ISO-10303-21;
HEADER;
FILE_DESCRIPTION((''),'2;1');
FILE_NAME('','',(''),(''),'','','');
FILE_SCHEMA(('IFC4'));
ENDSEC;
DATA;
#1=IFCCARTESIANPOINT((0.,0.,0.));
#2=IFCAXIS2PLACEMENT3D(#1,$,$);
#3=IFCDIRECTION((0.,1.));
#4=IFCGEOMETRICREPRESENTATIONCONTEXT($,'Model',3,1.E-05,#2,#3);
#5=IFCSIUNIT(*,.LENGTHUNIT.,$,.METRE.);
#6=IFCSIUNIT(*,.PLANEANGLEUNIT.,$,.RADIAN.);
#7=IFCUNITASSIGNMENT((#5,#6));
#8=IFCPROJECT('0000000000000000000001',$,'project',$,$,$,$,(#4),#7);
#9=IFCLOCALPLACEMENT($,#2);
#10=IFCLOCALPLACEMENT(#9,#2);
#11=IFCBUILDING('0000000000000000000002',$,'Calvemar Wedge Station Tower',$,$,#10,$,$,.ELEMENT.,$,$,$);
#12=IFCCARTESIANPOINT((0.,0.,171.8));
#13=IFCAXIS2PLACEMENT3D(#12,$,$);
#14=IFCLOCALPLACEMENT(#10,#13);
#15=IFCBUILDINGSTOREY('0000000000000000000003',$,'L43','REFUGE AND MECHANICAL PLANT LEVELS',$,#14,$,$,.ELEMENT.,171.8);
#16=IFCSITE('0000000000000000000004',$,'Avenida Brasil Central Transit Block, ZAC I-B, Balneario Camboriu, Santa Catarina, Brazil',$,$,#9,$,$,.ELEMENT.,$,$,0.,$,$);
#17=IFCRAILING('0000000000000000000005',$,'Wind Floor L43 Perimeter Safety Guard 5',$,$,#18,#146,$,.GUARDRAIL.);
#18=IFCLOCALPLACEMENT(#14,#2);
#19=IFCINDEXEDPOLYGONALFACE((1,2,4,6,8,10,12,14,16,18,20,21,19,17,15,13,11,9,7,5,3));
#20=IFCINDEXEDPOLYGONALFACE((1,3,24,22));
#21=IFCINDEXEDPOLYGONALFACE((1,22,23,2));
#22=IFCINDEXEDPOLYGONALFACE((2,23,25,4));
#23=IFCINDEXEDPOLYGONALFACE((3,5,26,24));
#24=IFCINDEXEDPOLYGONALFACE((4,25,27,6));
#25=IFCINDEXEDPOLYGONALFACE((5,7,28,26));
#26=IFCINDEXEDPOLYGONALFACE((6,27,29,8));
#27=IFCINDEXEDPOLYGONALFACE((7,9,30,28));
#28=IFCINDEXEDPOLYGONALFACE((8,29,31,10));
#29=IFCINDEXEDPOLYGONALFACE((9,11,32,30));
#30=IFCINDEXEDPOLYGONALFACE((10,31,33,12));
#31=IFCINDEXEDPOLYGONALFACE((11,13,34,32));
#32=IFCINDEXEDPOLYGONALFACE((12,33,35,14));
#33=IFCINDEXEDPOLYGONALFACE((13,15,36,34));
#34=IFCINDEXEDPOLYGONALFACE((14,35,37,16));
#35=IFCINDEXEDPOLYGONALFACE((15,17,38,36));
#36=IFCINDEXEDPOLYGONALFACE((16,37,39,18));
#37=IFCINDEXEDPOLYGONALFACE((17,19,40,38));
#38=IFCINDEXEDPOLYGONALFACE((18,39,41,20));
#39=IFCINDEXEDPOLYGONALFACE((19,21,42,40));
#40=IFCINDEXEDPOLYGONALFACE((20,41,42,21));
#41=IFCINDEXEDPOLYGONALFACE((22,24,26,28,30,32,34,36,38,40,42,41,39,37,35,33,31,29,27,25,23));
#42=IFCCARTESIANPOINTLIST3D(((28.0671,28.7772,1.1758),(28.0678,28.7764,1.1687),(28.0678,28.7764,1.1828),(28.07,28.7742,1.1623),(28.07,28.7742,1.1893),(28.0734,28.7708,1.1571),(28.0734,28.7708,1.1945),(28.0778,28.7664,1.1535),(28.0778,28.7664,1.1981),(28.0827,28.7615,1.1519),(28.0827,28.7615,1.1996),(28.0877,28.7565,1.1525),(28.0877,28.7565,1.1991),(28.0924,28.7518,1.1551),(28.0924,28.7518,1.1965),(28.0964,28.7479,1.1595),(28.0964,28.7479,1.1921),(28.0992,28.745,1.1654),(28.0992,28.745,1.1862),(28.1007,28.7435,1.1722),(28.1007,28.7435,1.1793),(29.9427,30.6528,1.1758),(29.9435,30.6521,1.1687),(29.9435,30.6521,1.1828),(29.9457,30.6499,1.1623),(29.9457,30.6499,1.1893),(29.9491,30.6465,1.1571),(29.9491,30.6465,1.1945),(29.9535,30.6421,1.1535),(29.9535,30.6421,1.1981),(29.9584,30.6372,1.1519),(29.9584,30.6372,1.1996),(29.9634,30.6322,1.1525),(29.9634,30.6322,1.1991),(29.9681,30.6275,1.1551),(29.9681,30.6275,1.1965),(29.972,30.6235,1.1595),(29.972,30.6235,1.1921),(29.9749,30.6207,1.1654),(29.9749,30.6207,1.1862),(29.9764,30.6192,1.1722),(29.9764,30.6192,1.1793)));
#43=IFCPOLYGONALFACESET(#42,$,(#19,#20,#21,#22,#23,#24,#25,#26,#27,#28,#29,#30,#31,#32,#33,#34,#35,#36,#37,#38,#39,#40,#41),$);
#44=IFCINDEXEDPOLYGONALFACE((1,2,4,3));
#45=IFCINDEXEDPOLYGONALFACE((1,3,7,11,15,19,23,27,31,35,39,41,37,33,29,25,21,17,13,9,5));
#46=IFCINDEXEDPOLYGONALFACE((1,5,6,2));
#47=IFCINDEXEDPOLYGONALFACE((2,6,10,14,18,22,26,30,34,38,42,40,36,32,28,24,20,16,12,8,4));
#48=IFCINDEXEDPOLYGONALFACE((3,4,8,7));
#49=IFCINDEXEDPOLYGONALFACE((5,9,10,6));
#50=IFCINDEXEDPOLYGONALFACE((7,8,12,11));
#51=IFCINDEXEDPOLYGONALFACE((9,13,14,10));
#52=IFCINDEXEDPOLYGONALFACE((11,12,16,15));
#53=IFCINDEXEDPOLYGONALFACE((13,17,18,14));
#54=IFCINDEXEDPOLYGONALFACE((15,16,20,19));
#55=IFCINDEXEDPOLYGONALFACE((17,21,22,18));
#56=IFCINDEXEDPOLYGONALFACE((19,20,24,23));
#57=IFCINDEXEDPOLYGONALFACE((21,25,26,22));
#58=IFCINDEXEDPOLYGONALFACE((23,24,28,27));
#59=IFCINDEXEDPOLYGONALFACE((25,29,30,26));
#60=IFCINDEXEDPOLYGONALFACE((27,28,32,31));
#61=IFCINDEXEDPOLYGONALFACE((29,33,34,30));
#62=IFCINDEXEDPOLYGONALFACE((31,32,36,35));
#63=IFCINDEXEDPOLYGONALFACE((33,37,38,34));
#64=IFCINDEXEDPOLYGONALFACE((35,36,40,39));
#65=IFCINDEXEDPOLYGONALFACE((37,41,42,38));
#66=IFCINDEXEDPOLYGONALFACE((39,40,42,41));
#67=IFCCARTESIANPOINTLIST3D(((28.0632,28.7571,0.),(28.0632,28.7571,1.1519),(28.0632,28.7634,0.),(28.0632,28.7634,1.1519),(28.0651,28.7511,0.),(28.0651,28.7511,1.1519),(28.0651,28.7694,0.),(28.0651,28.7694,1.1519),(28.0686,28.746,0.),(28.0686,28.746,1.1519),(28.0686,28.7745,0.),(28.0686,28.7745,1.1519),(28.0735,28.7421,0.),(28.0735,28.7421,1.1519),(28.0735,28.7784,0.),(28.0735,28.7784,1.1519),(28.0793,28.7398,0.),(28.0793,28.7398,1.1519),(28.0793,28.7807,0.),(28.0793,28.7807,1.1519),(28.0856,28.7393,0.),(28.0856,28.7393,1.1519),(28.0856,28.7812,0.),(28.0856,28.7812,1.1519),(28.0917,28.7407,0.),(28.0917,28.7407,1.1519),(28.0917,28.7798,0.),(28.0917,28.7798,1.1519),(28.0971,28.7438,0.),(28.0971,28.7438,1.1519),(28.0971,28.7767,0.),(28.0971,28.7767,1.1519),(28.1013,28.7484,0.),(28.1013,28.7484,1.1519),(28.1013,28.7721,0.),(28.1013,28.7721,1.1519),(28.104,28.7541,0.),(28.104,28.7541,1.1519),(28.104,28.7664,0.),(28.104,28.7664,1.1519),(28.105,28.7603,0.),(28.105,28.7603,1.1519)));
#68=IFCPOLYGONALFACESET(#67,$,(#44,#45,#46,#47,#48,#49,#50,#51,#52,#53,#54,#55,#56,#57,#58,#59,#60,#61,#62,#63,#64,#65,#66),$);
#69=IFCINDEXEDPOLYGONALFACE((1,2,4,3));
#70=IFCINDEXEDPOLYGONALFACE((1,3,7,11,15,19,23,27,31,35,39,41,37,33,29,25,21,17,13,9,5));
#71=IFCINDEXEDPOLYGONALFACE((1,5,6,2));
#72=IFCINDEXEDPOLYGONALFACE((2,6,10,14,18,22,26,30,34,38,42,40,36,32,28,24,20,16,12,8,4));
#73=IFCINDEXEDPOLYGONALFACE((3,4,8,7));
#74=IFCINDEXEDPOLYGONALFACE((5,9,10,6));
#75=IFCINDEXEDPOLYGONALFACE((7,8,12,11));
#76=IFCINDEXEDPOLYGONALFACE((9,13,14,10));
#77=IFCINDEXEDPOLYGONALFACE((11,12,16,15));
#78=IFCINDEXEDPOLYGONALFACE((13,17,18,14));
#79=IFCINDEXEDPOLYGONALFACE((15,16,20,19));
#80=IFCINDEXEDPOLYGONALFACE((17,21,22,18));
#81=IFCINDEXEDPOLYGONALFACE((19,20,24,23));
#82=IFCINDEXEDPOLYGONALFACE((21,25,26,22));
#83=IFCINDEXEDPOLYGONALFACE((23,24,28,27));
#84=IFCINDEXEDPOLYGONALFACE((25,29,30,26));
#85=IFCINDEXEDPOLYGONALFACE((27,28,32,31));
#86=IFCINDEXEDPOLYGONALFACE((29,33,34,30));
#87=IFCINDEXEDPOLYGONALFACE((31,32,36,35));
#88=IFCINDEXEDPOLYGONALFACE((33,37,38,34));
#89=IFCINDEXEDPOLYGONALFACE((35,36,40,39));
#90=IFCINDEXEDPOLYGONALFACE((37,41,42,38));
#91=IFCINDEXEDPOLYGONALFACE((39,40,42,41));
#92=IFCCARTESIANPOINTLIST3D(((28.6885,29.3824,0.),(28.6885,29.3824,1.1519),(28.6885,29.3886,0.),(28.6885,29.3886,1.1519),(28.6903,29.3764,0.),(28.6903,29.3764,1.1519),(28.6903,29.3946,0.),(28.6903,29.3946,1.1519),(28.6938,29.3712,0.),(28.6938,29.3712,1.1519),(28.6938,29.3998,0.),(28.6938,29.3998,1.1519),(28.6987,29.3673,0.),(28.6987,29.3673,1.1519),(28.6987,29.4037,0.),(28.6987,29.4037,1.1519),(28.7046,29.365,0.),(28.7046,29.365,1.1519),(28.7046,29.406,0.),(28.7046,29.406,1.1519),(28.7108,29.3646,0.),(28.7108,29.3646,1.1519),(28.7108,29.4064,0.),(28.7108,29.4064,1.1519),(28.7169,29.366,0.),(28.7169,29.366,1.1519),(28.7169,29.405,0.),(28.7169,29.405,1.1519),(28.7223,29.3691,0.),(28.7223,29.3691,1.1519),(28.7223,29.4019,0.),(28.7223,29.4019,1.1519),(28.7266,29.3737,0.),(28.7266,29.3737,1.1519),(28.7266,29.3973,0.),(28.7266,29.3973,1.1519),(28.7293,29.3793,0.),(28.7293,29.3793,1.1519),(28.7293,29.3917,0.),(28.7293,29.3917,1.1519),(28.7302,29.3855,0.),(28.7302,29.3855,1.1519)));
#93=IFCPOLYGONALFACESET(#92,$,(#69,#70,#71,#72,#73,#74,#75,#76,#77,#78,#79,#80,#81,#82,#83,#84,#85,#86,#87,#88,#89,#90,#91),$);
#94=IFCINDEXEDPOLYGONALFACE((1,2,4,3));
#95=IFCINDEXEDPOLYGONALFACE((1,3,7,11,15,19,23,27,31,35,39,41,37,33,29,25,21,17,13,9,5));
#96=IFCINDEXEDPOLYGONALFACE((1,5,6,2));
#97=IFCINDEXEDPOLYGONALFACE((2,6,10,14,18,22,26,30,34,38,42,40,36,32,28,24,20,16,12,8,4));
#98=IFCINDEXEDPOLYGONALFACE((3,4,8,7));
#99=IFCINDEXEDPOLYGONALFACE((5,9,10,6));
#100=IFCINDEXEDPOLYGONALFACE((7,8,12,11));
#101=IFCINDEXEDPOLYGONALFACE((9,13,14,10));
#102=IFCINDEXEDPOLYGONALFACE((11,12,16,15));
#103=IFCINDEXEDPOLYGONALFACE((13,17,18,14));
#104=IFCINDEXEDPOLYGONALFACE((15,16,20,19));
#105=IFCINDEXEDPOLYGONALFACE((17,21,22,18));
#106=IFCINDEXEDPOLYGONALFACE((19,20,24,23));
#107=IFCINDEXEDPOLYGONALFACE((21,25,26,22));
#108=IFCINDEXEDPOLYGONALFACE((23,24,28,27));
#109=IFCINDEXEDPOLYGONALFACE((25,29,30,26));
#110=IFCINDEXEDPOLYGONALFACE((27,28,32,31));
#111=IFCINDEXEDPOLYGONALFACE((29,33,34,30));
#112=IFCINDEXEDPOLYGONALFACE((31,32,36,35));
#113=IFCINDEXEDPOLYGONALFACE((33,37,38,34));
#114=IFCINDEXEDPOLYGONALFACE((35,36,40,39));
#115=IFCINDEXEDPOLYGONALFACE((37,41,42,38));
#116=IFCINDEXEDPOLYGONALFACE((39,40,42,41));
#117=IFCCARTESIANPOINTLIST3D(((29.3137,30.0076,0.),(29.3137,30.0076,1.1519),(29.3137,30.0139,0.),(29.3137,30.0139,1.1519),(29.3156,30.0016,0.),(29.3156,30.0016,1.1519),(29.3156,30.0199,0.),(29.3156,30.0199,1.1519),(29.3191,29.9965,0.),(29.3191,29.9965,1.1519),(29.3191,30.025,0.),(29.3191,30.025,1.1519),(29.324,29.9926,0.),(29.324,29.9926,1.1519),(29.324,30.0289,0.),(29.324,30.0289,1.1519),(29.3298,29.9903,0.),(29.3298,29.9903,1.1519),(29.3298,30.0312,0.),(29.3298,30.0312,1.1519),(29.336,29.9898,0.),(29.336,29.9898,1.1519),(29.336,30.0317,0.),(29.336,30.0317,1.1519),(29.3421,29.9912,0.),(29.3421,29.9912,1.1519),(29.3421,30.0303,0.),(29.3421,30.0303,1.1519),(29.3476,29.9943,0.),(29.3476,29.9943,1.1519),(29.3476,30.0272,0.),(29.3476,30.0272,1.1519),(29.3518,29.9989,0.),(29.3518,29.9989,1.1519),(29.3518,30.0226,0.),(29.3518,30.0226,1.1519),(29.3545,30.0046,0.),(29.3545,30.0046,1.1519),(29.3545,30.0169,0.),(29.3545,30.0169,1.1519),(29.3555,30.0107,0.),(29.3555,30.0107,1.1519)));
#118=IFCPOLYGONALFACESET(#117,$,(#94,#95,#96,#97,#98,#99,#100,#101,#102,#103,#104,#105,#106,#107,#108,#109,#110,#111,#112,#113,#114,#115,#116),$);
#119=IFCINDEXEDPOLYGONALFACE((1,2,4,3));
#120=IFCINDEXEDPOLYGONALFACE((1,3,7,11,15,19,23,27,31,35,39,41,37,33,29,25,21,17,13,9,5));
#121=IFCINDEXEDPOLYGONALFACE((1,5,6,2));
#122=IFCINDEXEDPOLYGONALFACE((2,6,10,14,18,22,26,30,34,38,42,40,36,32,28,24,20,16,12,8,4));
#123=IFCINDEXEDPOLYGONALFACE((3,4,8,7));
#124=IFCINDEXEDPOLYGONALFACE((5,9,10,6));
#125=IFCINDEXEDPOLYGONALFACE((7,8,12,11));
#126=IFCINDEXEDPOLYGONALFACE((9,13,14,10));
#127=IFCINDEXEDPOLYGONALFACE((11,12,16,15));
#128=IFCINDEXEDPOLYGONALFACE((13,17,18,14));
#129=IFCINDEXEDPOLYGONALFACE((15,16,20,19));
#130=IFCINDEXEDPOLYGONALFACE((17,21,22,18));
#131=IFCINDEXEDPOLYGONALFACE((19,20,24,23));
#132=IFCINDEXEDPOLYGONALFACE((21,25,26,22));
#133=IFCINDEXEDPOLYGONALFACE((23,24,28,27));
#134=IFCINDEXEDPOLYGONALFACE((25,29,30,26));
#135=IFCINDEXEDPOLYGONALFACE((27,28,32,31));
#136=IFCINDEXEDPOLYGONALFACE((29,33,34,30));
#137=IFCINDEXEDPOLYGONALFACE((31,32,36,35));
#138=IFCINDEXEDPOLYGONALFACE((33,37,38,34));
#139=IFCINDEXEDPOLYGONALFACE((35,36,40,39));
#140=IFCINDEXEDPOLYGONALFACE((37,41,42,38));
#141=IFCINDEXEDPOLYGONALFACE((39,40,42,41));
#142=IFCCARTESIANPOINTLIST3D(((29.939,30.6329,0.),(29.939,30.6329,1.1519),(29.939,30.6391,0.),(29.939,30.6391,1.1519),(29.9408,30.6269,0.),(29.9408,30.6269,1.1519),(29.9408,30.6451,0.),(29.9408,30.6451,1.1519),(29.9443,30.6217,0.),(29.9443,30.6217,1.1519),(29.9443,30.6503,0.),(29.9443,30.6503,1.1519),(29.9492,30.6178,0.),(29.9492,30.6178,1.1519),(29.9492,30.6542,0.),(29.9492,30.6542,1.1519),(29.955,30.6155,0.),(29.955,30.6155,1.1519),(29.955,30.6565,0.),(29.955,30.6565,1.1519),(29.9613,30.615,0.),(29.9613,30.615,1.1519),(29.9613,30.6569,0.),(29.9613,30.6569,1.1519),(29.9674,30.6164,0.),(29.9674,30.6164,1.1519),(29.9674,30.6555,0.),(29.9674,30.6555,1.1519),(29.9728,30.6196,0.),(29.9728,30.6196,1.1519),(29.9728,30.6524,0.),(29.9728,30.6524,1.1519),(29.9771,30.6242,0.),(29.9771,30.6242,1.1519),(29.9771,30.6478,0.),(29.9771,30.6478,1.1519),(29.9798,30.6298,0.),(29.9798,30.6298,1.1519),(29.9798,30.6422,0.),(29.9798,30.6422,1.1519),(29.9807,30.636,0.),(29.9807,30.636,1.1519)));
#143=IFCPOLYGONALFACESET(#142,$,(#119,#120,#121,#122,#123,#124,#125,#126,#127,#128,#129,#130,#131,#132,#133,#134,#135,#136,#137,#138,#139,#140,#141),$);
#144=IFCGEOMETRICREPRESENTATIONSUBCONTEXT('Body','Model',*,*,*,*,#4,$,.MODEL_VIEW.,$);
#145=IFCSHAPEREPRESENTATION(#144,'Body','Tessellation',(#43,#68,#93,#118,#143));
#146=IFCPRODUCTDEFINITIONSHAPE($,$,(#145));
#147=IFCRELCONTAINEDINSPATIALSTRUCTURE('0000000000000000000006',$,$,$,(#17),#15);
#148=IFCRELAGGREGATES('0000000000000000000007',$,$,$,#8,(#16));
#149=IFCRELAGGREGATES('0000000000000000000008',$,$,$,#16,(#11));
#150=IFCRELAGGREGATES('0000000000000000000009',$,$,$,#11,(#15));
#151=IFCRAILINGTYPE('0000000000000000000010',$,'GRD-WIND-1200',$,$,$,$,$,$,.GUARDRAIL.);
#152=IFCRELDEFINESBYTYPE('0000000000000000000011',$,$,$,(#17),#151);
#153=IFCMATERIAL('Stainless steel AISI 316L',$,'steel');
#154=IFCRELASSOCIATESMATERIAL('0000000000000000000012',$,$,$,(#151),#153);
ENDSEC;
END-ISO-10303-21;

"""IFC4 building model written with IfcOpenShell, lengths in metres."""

from ifc_helpers import new_model, si_unit, direction, frame, origin, origin_2d, place, context, subcontext, project, spatial, circle, extrude, material, type_object, element, save


model = new_model("IFC4")

# Units and contexts
model_context = context("Model", 3, precision=1e-05, world=origin(), true_north=direction((0.0, 1.0)))
body_context = subcontext(model_context, "Body", "Model", "MODEL_VIEW")
ifc_project = project(units=[si_unit("LENGTHUNIT", "METRE"), si_unit("PLANEANGLEUNIT", "RADIAN")], contexts=[model_context])

# Site, building, storey
site_placement = place(None, origin())
site = spatial("IfcSite", under=ifc_project, at=site_placement, Name="Avenida Brasil Central Transit Block, ZAC I-B, Balneario Camboriu, Santa Catarina, Brazil", CompositionType="ELEMENT", RefElevation=0.0)
building_placement = place(site_placement, origin())
building = spatial("IfcBuilding", under=site, at=building_placement, Name="Calvemar Wedge Station Tower", CompositionType="ELEMENT")
storey_placement = place(building_placement, frame((0.0, 0.0, 171.8)))
storey = spatial("IfcBuildingStorey", under=building, at=storey_placement, Name="L43", Description="REFUGE AND MECHANICAL PLANT LEVELS", CompositionType="ELEMENT", Elevation=171.8)

# Railing
ifc_material_1 = material(Name="Stainless steel AISI 316L", Category="steel")
railing_type_1 = type_object("IfcRailingType", Name="GRD-WIND-1200", PredefinedType="GUARDRAIL", material=ifc_material_1)
railing_1_placement = place(storey_placement, frame((28.084, 28.7603, 0.0)))
element("IfcRailing", 1, at=railing_1_placement, inside=storey, type_object=railing_type_1, Name="Wind Floor L43 Perimeter Safety Guard 5", PredefinedType="GUARDRAIL", context=body_context, shape_type="SweptSolid", body=[
    extrude(circle(Radius=0.0239, at=origin_2d()), frame((0.0, 0.0, 1.1758), z_axis=(0.707107, 0.707107, 0.0), x_axis=(-0.707107, 0.707107, 0.0)), (0.0, 0.0, 1.0), 2.6526),
    extrude(circle(Radius=0.021, at=origin_2d()), origin(), (0.0, 0.0, 1.0), 1.1519),
    extrude(circle(Radius=0.021, at=origin_2d()), frame((0.6252, 0.6252, 0.0)), (0.0, 0.0, 1.0), 1.1519),
    extrude(circle(Radius=0.021, at=origin_2d()), frame((1.2505, 1.2505, 0.0)), (0.0, 0.0, 1.0), 1.1519),
    extrude(circle(Radius=0.021, at=origin_2d()), frame((1.8757, 1.8757, 0.0)), (0.0, 0.0, 1.0), 1.1519),
])

save(model, "model.ifc")
